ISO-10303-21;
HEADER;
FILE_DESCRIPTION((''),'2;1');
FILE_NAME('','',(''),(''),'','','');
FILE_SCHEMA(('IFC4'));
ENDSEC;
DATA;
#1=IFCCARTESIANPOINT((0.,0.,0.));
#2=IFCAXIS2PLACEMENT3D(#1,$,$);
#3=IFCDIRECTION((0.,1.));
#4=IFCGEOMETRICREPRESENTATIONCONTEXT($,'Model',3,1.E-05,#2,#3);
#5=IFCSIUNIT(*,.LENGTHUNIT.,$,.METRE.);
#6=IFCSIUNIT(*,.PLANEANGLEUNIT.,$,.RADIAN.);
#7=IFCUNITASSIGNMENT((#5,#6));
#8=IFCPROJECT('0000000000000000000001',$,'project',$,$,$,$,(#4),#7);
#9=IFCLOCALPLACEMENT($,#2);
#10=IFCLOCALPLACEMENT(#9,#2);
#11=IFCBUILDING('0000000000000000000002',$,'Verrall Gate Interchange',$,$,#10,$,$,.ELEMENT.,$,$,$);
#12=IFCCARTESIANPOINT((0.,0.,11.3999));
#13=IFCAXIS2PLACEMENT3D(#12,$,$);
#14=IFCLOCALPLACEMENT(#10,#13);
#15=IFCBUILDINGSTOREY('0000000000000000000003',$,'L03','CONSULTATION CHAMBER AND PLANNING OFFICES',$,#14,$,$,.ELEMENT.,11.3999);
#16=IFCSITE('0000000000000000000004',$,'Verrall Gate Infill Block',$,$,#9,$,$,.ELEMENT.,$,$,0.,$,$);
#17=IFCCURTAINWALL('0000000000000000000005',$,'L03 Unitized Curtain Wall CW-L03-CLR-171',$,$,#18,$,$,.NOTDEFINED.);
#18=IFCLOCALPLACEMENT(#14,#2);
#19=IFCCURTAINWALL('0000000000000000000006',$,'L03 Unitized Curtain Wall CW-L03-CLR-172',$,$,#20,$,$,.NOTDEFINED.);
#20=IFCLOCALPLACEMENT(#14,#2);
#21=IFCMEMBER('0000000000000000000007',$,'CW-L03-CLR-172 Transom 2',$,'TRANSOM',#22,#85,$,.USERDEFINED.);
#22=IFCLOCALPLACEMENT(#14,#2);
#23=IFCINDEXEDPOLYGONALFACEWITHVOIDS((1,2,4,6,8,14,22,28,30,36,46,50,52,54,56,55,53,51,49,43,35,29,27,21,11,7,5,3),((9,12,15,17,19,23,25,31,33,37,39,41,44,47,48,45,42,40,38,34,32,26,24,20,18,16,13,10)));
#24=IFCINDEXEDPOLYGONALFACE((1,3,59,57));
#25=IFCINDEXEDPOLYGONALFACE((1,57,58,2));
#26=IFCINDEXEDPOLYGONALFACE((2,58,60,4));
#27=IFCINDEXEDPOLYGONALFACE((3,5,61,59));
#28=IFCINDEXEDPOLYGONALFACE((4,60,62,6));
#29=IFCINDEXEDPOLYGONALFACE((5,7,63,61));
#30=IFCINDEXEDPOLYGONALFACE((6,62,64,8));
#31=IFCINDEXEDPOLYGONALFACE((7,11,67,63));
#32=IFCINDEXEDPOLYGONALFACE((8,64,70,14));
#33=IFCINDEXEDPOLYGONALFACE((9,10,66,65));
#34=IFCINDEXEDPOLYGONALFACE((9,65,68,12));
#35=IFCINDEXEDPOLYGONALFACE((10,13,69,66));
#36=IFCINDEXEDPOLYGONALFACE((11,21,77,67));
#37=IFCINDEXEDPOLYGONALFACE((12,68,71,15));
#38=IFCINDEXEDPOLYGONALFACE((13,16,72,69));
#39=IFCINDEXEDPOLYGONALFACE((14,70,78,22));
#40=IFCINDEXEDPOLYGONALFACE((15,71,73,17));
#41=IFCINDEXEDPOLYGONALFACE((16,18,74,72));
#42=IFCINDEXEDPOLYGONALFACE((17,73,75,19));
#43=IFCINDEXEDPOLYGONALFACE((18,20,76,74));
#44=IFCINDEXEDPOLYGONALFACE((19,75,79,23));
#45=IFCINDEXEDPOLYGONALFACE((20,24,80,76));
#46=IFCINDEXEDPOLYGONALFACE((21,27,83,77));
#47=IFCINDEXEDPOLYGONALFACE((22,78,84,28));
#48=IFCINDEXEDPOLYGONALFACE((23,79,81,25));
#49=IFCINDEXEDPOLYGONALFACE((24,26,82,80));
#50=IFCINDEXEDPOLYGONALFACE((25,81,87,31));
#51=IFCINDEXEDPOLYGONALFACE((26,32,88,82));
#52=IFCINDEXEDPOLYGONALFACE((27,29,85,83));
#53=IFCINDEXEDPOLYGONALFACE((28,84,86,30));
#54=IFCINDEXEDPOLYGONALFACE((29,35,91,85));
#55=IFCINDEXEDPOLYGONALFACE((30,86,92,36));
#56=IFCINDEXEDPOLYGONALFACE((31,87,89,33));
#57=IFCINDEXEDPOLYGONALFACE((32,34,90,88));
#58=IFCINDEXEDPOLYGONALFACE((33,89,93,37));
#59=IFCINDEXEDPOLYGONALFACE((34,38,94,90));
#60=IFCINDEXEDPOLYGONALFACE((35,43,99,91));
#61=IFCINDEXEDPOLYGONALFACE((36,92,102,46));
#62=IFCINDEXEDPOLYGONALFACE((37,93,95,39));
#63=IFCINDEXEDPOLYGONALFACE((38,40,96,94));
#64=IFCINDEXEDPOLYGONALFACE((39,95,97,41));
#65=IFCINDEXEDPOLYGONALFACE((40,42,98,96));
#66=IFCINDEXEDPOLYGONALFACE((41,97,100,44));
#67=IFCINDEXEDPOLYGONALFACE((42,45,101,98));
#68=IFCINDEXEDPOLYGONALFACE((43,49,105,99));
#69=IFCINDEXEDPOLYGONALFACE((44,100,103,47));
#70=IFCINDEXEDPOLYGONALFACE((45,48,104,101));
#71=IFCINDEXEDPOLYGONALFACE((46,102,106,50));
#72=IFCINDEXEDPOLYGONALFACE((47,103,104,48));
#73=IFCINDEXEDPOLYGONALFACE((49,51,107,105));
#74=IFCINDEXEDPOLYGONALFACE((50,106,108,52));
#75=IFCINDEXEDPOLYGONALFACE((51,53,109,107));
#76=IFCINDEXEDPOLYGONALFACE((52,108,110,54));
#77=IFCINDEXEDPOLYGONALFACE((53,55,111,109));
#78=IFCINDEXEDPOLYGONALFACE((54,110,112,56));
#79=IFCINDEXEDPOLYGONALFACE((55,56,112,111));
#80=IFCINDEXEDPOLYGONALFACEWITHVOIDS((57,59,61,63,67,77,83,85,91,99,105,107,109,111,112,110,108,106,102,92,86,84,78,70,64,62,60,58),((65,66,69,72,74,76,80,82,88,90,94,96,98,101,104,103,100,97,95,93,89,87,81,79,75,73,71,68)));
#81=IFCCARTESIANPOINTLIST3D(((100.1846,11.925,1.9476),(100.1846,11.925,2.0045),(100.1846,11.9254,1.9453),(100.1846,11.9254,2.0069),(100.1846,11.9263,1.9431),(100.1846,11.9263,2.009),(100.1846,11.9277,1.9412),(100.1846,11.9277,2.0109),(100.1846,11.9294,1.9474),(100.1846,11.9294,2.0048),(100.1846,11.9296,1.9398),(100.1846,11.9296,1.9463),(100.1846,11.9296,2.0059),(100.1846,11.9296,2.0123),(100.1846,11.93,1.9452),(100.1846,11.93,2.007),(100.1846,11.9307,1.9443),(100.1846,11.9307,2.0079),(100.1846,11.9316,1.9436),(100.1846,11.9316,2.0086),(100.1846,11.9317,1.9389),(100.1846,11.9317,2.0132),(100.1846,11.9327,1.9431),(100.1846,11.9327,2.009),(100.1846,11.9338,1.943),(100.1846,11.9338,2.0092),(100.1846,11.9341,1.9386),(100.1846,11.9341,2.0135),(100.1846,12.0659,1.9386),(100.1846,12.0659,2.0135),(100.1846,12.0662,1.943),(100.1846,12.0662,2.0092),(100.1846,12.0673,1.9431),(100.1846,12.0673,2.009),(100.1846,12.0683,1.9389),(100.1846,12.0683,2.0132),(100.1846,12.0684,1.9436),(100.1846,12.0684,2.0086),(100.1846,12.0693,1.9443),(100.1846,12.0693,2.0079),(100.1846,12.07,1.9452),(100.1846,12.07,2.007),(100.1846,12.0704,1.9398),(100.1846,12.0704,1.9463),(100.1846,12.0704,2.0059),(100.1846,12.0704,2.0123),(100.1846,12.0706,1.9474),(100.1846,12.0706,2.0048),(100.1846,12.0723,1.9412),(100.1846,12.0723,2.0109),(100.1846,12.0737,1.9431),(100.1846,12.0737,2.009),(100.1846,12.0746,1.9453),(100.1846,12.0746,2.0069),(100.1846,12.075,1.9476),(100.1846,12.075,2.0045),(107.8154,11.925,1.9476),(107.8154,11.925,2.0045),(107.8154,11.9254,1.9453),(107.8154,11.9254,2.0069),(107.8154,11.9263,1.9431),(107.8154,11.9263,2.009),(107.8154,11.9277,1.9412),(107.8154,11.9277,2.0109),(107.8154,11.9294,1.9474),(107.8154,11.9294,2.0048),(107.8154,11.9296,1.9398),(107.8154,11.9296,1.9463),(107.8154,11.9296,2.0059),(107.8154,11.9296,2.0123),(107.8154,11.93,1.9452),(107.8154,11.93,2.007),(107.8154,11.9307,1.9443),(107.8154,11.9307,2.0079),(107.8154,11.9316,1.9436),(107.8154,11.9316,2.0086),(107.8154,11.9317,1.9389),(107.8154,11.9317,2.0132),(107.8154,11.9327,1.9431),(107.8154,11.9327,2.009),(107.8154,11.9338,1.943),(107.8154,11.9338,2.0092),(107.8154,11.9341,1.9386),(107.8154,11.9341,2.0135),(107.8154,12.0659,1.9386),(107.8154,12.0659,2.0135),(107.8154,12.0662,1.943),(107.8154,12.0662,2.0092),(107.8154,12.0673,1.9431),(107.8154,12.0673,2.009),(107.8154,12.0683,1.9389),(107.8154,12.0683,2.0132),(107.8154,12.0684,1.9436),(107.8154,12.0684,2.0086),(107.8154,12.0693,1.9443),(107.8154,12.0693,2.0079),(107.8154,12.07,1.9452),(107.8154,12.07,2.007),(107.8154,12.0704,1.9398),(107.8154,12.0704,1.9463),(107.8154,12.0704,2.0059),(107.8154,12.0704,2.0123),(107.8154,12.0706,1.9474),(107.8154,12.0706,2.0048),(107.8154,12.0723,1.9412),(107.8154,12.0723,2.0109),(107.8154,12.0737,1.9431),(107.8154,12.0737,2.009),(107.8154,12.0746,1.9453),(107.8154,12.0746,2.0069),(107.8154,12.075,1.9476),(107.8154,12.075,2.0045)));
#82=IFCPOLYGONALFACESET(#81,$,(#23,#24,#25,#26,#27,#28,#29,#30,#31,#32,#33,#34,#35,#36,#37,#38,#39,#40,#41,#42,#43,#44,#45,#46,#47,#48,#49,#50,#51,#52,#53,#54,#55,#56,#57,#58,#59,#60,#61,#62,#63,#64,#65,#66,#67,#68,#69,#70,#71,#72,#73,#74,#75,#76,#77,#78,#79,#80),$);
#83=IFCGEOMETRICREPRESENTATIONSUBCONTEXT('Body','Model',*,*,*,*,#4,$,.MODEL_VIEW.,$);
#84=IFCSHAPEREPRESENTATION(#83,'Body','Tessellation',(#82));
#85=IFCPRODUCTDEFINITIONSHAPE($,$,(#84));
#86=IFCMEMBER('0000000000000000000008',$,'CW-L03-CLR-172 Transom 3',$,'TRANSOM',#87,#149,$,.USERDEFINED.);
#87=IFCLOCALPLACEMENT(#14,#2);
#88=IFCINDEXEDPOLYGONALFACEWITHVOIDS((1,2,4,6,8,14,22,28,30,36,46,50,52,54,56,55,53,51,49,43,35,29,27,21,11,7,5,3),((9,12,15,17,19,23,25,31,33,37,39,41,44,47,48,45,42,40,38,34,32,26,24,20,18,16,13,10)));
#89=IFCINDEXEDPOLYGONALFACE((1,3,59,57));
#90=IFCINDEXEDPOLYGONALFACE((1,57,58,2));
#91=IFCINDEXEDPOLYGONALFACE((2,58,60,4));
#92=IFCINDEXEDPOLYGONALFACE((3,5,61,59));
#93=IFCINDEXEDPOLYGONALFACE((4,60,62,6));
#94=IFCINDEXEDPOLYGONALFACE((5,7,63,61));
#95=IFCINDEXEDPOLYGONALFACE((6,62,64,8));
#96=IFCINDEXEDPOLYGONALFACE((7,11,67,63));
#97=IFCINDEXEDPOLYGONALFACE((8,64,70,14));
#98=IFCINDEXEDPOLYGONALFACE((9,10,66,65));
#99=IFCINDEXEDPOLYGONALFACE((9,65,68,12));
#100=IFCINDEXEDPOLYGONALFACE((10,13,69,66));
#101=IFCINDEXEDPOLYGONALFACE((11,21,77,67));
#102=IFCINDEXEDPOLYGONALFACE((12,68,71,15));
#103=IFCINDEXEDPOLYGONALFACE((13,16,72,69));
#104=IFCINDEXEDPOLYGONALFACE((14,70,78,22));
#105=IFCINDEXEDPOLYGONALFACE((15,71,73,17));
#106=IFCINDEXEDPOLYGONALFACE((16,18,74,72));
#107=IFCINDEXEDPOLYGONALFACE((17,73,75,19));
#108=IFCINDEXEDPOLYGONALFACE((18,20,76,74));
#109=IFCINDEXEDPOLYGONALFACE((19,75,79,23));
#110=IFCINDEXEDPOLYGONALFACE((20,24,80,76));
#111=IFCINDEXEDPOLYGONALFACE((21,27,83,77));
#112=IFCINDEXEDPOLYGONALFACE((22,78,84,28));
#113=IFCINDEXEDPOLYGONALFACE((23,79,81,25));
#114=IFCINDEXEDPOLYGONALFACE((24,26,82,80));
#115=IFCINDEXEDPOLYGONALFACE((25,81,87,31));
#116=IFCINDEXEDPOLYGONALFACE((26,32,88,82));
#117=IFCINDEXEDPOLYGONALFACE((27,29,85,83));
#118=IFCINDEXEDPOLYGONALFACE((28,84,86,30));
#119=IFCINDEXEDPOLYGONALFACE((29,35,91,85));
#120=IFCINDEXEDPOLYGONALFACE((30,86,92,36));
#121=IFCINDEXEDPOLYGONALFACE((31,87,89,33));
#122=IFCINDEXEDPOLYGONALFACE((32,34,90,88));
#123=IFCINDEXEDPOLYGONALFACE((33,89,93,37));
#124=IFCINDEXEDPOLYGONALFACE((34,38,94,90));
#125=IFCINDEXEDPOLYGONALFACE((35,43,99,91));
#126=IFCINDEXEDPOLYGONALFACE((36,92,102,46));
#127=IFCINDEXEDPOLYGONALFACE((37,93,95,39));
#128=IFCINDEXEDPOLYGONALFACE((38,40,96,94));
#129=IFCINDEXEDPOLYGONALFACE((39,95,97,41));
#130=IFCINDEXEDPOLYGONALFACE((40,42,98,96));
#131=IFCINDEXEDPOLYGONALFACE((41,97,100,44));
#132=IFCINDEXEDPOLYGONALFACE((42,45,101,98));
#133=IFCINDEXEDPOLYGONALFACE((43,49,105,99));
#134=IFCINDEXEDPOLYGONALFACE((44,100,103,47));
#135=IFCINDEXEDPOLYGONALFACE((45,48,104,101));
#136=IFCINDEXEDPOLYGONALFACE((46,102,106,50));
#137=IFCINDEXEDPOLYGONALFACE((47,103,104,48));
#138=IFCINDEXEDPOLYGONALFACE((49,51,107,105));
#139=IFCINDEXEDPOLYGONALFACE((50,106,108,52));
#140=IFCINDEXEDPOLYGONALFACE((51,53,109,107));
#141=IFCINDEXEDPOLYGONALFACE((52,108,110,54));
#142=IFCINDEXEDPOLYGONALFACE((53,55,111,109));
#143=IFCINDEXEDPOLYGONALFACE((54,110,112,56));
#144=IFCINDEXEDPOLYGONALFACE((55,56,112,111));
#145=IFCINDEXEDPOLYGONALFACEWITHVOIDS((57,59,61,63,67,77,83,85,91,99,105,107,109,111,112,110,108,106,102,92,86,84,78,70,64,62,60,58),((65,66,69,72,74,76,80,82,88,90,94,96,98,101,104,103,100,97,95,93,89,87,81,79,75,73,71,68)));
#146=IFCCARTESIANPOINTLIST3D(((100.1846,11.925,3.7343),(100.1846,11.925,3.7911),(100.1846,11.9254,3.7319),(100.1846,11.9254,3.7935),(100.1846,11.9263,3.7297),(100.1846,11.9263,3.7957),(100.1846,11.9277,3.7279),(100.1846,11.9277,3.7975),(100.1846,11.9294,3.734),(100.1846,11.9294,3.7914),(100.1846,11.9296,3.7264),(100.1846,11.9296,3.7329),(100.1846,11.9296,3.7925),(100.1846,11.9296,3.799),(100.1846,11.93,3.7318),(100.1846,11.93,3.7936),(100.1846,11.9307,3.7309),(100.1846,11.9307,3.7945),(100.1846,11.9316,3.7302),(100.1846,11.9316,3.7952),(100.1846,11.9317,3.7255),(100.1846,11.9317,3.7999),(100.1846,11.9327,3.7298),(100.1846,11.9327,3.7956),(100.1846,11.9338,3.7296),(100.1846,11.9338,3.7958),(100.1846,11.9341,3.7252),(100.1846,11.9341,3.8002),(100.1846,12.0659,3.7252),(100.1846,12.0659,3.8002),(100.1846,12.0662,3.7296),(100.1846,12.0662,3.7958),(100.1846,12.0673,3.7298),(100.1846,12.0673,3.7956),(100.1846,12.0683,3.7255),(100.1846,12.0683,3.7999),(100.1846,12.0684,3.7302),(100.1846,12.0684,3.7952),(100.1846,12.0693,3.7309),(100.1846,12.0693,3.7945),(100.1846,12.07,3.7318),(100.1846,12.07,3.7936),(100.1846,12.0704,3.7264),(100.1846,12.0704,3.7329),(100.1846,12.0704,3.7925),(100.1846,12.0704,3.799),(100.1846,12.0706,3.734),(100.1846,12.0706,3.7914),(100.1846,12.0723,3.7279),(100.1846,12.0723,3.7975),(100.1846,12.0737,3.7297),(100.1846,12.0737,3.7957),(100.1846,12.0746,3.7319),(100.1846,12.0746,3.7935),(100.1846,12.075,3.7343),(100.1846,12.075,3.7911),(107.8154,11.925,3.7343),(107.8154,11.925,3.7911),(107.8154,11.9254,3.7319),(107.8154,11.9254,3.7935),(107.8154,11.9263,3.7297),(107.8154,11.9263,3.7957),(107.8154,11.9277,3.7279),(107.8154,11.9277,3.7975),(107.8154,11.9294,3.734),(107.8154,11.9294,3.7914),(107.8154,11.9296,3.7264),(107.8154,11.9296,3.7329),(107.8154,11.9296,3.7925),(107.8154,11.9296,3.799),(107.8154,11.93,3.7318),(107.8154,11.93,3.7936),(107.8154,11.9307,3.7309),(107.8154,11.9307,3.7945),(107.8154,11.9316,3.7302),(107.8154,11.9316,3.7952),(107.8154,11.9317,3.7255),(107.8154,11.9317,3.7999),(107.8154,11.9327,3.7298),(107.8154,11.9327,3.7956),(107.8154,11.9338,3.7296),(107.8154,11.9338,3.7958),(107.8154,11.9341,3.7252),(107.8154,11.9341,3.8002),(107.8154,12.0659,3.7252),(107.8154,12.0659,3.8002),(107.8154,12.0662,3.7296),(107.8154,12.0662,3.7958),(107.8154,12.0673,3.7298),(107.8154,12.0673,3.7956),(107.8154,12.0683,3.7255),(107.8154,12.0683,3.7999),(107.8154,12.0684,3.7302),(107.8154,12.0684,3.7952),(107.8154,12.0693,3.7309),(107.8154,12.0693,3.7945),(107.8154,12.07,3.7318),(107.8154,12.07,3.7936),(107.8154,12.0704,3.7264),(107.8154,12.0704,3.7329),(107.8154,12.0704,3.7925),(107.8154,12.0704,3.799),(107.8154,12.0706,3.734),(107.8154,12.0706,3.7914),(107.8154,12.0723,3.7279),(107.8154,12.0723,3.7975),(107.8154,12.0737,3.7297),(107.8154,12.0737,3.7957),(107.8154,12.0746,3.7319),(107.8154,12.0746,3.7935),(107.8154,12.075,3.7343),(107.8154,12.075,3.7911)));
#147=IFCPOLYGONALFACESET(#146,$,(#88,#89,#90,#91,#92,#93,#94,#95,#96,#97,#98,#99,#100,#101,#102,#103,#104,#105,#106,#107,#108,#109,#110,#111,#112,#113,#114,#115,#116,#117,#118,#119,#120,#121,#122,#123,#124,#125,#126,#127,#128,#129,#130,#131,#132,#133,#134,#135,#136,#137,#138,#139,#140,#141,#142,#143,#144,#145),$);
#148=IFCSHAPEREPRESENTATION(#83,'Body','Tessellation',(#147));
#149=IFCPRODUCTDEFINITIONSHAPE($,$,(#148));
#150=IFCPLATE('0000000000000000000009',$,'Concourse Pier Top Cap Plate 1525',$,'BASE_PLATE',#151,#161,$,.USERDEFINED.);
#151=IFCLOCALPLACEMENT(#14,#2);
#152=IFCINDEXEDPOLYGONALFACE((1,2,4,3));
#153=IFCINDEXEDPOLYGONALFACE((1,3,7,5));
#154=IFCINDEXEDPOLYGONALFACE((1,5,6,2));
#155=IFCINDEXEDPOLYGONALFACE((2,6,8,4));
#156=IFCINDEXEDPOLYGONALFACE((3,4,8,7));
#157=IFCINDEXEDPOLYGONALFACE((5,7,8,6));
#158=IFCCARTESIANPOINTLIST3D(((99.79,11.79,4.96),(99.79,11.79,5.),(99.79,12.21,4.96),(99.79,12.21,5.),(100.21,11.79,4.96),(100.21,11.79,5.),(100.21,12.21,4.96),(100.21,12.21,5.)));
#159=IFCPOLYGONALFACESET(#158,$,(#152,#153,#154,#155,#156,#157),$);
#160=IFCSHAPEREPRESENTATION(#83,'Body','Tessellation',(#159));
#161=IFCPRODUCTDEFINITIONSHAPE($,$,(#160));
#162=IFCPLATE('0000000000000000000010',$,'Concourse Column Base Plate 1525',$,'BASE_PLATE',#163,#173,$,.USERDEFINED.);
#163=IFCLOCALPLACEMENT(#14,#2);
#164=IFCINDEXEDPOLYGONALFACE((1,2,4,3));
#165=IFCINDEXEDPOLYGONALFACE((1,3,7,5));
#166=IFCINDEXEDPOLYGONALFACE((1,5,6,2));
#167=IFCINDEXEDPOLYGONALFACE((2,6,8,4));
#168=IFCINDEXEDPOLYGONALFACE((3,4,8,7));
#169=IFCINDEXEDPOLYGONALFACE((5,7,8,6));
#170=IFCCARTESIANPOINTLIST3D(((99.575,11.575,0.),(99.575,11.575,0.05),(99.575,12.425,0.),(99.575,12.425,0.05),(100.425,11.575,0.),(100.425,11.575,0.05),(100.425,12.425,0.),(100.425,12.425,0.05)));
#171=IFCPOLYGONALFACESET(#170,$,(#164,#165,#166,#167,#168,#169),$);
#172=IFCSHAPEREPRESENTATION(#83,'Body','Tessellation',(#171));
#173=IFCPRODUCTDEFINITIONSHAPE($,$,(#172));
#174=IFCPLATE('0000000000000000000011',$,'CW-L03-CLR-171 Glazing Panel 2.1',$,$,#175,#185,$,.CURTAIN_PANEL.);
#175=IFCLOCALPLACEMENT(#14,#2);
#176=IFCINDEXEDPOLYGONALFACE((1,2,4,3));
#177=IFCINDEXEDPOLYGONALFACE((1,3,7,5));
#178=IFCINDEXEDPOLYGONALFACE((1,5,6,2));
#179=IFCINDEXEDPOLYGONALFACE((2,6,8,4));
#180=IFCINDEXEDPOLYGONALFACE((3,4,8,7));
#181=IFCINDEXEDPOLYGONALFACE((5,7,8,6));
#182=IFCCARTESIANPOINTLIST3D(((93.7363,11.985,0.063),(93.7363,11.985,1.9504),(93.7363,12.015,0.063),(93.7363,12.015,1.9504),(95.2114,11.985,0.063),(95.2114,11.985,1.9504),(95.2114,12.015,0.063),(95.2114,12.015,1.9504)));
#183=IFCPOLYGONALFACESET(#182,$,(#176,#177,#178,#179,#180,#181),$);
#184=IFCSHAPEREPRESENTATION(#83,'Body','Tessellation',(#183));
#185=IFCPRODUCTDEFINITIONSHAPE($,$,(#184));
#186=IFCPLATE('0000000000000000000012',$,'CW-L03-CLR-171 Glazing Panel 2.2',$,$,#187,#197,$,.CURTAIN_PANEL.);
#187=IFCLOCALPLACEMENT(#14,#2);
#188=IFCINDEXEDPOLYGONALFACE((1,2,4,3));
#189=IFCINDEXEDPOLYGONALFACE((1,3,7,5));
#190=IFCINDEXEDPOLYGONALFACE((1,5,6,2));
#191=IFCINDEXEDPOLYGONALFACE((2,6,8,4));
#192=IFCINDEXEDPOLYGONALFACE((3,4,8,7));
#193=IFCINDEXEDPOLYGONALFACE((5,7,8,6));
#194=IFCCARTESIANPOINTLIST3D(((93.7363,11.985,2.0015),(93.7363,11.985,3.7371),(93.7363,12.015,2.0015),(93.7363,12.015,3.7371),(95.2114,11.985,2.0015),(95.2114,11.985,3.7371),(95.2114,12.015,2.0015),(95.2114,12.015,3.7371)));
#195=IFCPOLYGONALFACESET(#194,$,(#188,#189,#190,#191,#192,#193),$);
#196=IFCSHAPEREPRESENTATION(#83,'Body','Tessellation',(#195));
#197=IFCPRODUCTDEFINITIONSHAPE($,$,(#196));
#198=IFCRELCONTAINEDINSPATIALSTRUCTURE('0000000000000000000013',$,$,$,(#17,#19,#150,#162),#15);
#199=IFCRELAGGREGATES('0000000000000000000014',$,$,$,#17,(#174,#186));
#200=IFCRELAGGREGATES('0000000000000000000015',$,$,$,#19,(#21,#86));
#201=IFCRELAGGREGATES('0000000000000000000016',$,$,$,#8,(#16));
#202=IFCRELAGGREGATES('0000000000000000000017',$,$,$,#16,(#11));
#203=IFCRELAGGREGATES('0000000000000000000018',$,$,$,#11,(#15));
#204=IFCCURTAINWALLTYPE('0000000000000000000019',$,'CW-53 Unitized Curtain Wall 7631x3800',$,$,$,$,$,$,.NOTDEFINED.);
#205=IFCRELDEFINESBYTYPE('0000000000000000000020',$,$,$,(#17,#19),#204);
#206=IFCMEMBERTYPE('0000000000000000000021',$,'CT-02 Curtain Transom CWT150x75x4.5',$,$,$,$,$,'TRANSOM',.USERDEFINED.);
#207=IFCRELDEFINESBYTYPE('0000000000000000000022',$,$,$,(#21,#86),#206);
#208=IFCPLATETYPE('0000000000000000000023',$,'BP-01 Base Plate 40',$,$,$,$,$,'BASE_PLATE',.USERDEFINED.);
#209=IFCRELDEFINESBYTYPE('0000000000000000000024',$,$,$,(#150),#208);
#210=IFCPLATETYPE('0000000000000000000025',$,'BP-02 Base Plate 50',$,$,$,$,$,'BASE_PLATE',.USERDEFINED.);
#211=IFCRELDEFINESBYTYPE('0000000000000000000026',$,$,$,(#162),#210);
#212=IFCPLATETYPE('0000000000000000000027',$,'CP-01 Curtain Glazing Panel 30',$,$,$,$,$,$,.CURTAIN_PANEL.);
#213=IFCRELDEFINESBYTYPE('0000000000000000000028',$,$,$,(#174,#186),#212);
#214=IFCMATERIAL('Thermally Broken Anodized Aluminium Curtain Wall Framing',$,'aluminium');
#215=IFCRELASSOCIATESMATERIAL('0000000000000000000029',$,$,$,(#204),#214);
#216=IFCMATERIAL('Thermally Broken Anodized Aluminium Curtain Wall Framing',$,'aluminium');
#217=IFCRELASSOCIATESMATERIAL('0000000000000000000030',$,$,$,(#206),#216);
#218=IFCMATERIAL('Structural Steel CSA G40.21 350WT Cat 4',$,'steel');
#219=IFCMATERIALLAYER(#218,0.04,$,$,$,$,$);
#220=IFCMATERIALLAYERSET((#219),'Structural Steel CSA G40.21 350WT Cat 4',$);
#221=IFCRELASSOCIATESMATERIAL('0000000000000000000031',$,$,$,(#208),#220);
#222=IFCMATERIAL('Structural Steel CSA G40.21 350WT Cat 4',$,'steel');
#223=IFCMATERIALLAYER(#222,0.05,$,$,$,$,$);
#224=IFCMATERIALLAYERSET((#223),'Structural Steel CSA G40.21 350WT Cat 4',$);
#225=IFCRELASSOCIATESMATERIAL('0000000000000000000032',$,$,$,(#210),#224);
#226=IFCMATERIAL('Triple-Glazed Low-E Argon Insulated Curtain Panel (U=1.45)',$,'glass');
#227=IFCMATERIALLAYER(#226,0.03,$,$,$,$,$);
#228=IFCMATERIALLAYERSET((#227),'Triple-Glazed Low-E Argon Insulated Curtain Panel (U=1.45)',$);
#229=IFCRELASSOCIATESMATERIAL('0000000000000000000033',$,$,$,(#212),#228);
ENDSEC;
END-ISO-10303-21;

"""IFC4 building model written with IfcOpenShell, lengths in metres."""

from ifc_helpers import new_model, si_unit, direction, frame, origin, origin_2d, place, context, subcontext, project, spatial, rectangle, hollow_rectangle, extrude, material, layer, layer_set, material_profile, profile_set, type_object, element, aggregate, save


model = new_model("IFC4")

# Units and contexts
model_context = context("Model", 3, precision=1e-05, world=origin(), true_north=direction((0.0, 1.0)))
body_context = subcontext(model_context, "Body", "Model", "MODEL_VIEW")
ifc_project = project(units=[si_unit("LENGTHUNIT", "METRE"), si_unit("PLANEANGLEUNIT", "RADIAN")], contexts=[model_context])

# Site, building, storey
site_placement = place(None, origin())
site = spatial("IfcSite", under=ifc_project, at=site_placement, Name="Verrall Gate Infill Block", CompositionType="ELEMENT", RefElevation=0.0)
building_placement = place(site_placement, origin())
building = spatial("IfcBuilding", under=site, at=building_placement, Name="Verrall Gate Interchange", CompositionType="ELEMENT")
storey_placement = place(building_placement, frame((0.0, 0.0, 11.3999)))
storey = spatial("IfcBuildingStorey", under=building, at=storey_placement, Name="L03", Description="CONSULTATION CHAMBER AND PLANNING OFFICES", CompositionType="ELEMENT", Elevation=11.3999)

# Curtain walls, members
ifc_material_1 = material(Name="Thermally Broken Anodized Aluminium Curtain Wall Framing", Category="aluminium")
curtain_wall_type = type_object("IfcCurtainWallType", Name="CW-53 Unitized Curtain Wall 7631x3800", PredefinedType="NOTDEFINED", material=ifc_material_1)
curtain_wall_1_placement = place(storey_placement, origin())
curtain_wall_1 = element("IfcCurtainWall", 1, at=curtain_wall_1_placement, inside=storey, type_object=curtain_wall_type, Name="L03 Unitized Curtain Wall CW-L03-CLR-171", PredefinedType="NOTDEFINED")
curtain_wall_2_placement = place(storey_placement, origin())
curtain_wall_2 = element("IfcCurtainWall", 2, at=curtain_wall_2_placement, inside=storey, type_object=curtain_wall_type, Name="L03 Unitized Curtain Wall CW-L03-CLR-172", PredefinedType="NOTDEFINED")
ifc_material_2 = material(Name="Thermally Broken Anodized Aluminium Curtain Wall Framing", Category="aluminium")
ifc_material_profile_1 = material_profile(ifc_material_2, hollow_rectangle(XDim=0.1499, YDim=0.075, WallThickness=0.0044, InnerFilletRadius=0.0044, OuterFilletRadius=0.009, at=origin_2d()), Name="CWT150x75x4.5")
ifc_profile_set_1 = profile_set([ifc_material_profile_1], Name="Thermally Broken Anodized Aluminium Curtain Wall Framing")
member_type_1 = type_object("IfcMemberType", Name="CT-02 Curtain Transom CWT150x75x4.5", ElementType="TRANSOM", PredefinedType="USERDEFINED", material=ifc_profile_set_1)
member_1_placement = place(storey_placement, frame((100.1846, 12.0, 1.9761), z_axis=(1.0, 0.0, 0.0), x_axis=(0.0, 1.0, 0.0)))
member_1 = element("IfcMember", 3, at=member_1_placement, type_object=member_type_1, Name="CW-L03-CLR-172 Transom 2", ObjectType="TRANSOM", PredefinedType="USERDEFINED", context=body_context, shape_type="SweptSolid", body=[
    extrude(hollow_rectangle(XDim=0.1499, YDim=0.075, WallThickness=0.0044, InnerFilletRadius=0.0044, OuterFilletRadius=0.009, at=origin_2d()), origin(), (0.0, 0.0, 1.0), 7.6309),
])
member_2_placement = place(storey_placement, frame((100.1846, 12.0, 3.7627), z_axis=(1.0, 0.0, 0.0), x_axis=(0.0, 1.0, 0.0)))
member_2 = element("IfcMember", 4, at=member_2_placement, type_object=member_type_1, Name="CW-L03-CLR-172 Transom 3", ObjectType="TRANSOM", PredefinedType="USERDEFINED", context=body_context, shape_type="SweptSolid", body=[
    extrude(hollow_rectangle(XDim=0.1499, YDim=0.075, WallThickness=0.0044, InnerFilletRadius=0.0044, OuterFilletRadius=0.009, at=origin_2d()), origin(), (0.0, 0.0, 1.0), 7.6309),
])

# Plates
ifc_material_3 = material(Name="Structural Steel CSA G40.21 350WT Cat 4", Category="steel")
ifc_layer_1 = layer(ifc_material_3, 0.04)
ifc_layer_set_1 = layer_set([ifc_layer_1], Name="Structural Steel CSA G40.21 350WT Cat 4")
plate_type_1 = type_object("IfcPlateType", Name="BP-01 Base Plate 40", ElementType="BASE_PLATE", PredefinedType="USERDEFINED", material=ifc_layer_set_1)
plate_1_placement = place(storey_placement, frame((100.0, 12.0, 4.96), z_axis=(0.0, 0.0, 1.0), x_axis=(1.0, 0.0, 0.0)))
element("IfcPlate", 5, at=plate_1_placement, inside=storey, type_object=plate_type_1, Name="Concourse Pier Top Cap Plate 1525", ObjectType="BASE_PLATE", PredefinedType="USERDEFINED", context=body_context, shape_type="SweptSolid", body=[
    extrude(rectangle(XDim=0.4199, YDim=0.4199, at=origin_2d()), origin(), (0.0, 0.0, 1.0), 0.04),
])
ifc_material_4 = material(Name="Structural Steel CSA G40.21 350WT Cat 4", Category="steel")
ifc_layer_2 = layer(ifc_material_4, 0.05)
ifc_layer_set_2 = layer_set([ifc_layer_2], Name="Structural Steel CSA G40.21 350WT Cat 4")
plate_type_2 = type_object("IfcPlateType", Name="BP-02 Base Plate 50", ElementType="BASE_PLATE", PredefinedType="USERDEFINED", material=ifc_layer_set_2)
plate_2_placement = place(storey_placement, frame((100.0, 12.0, 0.0), z_axis=(0.0, 0.0, 1.0), x_axis=(1.0, 0.0, 0.0)))
element("IfcPlate", 6, at=plate_2_placement, inside=storey, type_object=plate_type_2, Name="Concourse Column Base Plate 1525", ObjectType="BASE_PLATE", PredefinedType="USERDEFINED", context=body_context, shape_type="SweptSolid", body=[
    extrude(rectangle(XDim=0.8501, YDim=0.8501, at=origin_2d()), origin(), (0.0, 0.0, 1.0), 0.05),
])

# Plates
ifc_material_5 = material(Name="Triple-Glazed Low-E Argon Insulated Curtain Panel (U=1.45)", Category="glass")
ifc_layer_3 = layer(ifc_material_5, 0.03)
ifc_layer_set_3 = layer_set([ifc_layer_3], Name="Triple-Glazed Low-E Argon Insulated Curtain Panel (U=1.45)")
plate_type_3 = type_object("IfcPlateType", Name="CP-01 Curtain Glazing Panel 30", PredefinedType="CURTAIN_PANEL", material=ifc_layer_set_3)
plate_3_placement = place(storey_placement, frame((94.4739, 12.0, 0.063), z_axis=(0.0, 0.0, 1.0), x_axis=(1.0, 0.0, 0.0)))
plate_3 = element("IfcPlate", 7, at=plate_3_placement, type_object=plate_type_3, Name="CW-L03-CLR-171 Glazing Panel 2.1", PredefinedType="CURTAIN_PANEL", context=body_context, shape_type="SweptSolid", body=[
    extrude(rectangle(XDim=1.4751, YDim=0.03, at=origin_2d()), origin(), (0.0, 0.0, 1.0), 1.8875),
])
plate_4_placement = place(storey_placement, frame((94.4739, 12.0, 2.0015), z_axis=(0.0, 0.0, 1.0), x_axis=(1.0, 0.0, 0.0)))
plate_4 = element("IfcPlate", 8, at=plate_4_placement, type_object=plate_type_3, Name="CW-L03-CLR-171 Glazing Panel 2.2", PredefinedType="CURTAIN_PANEL", context=body_context, shape_type="SweptSolid", body=[
    extrude(rectangle(XDim=1.4751, YDim=0.03, at=origin_2d()), origin(), (0.0, 0.0, 1.0), 1.7356),
])
aggregate(curtain_wall_1, [plate_3, plate_4])
aggregate(curtain_wall_2, [member_1, member_2])

save(model, "model.ifc")
